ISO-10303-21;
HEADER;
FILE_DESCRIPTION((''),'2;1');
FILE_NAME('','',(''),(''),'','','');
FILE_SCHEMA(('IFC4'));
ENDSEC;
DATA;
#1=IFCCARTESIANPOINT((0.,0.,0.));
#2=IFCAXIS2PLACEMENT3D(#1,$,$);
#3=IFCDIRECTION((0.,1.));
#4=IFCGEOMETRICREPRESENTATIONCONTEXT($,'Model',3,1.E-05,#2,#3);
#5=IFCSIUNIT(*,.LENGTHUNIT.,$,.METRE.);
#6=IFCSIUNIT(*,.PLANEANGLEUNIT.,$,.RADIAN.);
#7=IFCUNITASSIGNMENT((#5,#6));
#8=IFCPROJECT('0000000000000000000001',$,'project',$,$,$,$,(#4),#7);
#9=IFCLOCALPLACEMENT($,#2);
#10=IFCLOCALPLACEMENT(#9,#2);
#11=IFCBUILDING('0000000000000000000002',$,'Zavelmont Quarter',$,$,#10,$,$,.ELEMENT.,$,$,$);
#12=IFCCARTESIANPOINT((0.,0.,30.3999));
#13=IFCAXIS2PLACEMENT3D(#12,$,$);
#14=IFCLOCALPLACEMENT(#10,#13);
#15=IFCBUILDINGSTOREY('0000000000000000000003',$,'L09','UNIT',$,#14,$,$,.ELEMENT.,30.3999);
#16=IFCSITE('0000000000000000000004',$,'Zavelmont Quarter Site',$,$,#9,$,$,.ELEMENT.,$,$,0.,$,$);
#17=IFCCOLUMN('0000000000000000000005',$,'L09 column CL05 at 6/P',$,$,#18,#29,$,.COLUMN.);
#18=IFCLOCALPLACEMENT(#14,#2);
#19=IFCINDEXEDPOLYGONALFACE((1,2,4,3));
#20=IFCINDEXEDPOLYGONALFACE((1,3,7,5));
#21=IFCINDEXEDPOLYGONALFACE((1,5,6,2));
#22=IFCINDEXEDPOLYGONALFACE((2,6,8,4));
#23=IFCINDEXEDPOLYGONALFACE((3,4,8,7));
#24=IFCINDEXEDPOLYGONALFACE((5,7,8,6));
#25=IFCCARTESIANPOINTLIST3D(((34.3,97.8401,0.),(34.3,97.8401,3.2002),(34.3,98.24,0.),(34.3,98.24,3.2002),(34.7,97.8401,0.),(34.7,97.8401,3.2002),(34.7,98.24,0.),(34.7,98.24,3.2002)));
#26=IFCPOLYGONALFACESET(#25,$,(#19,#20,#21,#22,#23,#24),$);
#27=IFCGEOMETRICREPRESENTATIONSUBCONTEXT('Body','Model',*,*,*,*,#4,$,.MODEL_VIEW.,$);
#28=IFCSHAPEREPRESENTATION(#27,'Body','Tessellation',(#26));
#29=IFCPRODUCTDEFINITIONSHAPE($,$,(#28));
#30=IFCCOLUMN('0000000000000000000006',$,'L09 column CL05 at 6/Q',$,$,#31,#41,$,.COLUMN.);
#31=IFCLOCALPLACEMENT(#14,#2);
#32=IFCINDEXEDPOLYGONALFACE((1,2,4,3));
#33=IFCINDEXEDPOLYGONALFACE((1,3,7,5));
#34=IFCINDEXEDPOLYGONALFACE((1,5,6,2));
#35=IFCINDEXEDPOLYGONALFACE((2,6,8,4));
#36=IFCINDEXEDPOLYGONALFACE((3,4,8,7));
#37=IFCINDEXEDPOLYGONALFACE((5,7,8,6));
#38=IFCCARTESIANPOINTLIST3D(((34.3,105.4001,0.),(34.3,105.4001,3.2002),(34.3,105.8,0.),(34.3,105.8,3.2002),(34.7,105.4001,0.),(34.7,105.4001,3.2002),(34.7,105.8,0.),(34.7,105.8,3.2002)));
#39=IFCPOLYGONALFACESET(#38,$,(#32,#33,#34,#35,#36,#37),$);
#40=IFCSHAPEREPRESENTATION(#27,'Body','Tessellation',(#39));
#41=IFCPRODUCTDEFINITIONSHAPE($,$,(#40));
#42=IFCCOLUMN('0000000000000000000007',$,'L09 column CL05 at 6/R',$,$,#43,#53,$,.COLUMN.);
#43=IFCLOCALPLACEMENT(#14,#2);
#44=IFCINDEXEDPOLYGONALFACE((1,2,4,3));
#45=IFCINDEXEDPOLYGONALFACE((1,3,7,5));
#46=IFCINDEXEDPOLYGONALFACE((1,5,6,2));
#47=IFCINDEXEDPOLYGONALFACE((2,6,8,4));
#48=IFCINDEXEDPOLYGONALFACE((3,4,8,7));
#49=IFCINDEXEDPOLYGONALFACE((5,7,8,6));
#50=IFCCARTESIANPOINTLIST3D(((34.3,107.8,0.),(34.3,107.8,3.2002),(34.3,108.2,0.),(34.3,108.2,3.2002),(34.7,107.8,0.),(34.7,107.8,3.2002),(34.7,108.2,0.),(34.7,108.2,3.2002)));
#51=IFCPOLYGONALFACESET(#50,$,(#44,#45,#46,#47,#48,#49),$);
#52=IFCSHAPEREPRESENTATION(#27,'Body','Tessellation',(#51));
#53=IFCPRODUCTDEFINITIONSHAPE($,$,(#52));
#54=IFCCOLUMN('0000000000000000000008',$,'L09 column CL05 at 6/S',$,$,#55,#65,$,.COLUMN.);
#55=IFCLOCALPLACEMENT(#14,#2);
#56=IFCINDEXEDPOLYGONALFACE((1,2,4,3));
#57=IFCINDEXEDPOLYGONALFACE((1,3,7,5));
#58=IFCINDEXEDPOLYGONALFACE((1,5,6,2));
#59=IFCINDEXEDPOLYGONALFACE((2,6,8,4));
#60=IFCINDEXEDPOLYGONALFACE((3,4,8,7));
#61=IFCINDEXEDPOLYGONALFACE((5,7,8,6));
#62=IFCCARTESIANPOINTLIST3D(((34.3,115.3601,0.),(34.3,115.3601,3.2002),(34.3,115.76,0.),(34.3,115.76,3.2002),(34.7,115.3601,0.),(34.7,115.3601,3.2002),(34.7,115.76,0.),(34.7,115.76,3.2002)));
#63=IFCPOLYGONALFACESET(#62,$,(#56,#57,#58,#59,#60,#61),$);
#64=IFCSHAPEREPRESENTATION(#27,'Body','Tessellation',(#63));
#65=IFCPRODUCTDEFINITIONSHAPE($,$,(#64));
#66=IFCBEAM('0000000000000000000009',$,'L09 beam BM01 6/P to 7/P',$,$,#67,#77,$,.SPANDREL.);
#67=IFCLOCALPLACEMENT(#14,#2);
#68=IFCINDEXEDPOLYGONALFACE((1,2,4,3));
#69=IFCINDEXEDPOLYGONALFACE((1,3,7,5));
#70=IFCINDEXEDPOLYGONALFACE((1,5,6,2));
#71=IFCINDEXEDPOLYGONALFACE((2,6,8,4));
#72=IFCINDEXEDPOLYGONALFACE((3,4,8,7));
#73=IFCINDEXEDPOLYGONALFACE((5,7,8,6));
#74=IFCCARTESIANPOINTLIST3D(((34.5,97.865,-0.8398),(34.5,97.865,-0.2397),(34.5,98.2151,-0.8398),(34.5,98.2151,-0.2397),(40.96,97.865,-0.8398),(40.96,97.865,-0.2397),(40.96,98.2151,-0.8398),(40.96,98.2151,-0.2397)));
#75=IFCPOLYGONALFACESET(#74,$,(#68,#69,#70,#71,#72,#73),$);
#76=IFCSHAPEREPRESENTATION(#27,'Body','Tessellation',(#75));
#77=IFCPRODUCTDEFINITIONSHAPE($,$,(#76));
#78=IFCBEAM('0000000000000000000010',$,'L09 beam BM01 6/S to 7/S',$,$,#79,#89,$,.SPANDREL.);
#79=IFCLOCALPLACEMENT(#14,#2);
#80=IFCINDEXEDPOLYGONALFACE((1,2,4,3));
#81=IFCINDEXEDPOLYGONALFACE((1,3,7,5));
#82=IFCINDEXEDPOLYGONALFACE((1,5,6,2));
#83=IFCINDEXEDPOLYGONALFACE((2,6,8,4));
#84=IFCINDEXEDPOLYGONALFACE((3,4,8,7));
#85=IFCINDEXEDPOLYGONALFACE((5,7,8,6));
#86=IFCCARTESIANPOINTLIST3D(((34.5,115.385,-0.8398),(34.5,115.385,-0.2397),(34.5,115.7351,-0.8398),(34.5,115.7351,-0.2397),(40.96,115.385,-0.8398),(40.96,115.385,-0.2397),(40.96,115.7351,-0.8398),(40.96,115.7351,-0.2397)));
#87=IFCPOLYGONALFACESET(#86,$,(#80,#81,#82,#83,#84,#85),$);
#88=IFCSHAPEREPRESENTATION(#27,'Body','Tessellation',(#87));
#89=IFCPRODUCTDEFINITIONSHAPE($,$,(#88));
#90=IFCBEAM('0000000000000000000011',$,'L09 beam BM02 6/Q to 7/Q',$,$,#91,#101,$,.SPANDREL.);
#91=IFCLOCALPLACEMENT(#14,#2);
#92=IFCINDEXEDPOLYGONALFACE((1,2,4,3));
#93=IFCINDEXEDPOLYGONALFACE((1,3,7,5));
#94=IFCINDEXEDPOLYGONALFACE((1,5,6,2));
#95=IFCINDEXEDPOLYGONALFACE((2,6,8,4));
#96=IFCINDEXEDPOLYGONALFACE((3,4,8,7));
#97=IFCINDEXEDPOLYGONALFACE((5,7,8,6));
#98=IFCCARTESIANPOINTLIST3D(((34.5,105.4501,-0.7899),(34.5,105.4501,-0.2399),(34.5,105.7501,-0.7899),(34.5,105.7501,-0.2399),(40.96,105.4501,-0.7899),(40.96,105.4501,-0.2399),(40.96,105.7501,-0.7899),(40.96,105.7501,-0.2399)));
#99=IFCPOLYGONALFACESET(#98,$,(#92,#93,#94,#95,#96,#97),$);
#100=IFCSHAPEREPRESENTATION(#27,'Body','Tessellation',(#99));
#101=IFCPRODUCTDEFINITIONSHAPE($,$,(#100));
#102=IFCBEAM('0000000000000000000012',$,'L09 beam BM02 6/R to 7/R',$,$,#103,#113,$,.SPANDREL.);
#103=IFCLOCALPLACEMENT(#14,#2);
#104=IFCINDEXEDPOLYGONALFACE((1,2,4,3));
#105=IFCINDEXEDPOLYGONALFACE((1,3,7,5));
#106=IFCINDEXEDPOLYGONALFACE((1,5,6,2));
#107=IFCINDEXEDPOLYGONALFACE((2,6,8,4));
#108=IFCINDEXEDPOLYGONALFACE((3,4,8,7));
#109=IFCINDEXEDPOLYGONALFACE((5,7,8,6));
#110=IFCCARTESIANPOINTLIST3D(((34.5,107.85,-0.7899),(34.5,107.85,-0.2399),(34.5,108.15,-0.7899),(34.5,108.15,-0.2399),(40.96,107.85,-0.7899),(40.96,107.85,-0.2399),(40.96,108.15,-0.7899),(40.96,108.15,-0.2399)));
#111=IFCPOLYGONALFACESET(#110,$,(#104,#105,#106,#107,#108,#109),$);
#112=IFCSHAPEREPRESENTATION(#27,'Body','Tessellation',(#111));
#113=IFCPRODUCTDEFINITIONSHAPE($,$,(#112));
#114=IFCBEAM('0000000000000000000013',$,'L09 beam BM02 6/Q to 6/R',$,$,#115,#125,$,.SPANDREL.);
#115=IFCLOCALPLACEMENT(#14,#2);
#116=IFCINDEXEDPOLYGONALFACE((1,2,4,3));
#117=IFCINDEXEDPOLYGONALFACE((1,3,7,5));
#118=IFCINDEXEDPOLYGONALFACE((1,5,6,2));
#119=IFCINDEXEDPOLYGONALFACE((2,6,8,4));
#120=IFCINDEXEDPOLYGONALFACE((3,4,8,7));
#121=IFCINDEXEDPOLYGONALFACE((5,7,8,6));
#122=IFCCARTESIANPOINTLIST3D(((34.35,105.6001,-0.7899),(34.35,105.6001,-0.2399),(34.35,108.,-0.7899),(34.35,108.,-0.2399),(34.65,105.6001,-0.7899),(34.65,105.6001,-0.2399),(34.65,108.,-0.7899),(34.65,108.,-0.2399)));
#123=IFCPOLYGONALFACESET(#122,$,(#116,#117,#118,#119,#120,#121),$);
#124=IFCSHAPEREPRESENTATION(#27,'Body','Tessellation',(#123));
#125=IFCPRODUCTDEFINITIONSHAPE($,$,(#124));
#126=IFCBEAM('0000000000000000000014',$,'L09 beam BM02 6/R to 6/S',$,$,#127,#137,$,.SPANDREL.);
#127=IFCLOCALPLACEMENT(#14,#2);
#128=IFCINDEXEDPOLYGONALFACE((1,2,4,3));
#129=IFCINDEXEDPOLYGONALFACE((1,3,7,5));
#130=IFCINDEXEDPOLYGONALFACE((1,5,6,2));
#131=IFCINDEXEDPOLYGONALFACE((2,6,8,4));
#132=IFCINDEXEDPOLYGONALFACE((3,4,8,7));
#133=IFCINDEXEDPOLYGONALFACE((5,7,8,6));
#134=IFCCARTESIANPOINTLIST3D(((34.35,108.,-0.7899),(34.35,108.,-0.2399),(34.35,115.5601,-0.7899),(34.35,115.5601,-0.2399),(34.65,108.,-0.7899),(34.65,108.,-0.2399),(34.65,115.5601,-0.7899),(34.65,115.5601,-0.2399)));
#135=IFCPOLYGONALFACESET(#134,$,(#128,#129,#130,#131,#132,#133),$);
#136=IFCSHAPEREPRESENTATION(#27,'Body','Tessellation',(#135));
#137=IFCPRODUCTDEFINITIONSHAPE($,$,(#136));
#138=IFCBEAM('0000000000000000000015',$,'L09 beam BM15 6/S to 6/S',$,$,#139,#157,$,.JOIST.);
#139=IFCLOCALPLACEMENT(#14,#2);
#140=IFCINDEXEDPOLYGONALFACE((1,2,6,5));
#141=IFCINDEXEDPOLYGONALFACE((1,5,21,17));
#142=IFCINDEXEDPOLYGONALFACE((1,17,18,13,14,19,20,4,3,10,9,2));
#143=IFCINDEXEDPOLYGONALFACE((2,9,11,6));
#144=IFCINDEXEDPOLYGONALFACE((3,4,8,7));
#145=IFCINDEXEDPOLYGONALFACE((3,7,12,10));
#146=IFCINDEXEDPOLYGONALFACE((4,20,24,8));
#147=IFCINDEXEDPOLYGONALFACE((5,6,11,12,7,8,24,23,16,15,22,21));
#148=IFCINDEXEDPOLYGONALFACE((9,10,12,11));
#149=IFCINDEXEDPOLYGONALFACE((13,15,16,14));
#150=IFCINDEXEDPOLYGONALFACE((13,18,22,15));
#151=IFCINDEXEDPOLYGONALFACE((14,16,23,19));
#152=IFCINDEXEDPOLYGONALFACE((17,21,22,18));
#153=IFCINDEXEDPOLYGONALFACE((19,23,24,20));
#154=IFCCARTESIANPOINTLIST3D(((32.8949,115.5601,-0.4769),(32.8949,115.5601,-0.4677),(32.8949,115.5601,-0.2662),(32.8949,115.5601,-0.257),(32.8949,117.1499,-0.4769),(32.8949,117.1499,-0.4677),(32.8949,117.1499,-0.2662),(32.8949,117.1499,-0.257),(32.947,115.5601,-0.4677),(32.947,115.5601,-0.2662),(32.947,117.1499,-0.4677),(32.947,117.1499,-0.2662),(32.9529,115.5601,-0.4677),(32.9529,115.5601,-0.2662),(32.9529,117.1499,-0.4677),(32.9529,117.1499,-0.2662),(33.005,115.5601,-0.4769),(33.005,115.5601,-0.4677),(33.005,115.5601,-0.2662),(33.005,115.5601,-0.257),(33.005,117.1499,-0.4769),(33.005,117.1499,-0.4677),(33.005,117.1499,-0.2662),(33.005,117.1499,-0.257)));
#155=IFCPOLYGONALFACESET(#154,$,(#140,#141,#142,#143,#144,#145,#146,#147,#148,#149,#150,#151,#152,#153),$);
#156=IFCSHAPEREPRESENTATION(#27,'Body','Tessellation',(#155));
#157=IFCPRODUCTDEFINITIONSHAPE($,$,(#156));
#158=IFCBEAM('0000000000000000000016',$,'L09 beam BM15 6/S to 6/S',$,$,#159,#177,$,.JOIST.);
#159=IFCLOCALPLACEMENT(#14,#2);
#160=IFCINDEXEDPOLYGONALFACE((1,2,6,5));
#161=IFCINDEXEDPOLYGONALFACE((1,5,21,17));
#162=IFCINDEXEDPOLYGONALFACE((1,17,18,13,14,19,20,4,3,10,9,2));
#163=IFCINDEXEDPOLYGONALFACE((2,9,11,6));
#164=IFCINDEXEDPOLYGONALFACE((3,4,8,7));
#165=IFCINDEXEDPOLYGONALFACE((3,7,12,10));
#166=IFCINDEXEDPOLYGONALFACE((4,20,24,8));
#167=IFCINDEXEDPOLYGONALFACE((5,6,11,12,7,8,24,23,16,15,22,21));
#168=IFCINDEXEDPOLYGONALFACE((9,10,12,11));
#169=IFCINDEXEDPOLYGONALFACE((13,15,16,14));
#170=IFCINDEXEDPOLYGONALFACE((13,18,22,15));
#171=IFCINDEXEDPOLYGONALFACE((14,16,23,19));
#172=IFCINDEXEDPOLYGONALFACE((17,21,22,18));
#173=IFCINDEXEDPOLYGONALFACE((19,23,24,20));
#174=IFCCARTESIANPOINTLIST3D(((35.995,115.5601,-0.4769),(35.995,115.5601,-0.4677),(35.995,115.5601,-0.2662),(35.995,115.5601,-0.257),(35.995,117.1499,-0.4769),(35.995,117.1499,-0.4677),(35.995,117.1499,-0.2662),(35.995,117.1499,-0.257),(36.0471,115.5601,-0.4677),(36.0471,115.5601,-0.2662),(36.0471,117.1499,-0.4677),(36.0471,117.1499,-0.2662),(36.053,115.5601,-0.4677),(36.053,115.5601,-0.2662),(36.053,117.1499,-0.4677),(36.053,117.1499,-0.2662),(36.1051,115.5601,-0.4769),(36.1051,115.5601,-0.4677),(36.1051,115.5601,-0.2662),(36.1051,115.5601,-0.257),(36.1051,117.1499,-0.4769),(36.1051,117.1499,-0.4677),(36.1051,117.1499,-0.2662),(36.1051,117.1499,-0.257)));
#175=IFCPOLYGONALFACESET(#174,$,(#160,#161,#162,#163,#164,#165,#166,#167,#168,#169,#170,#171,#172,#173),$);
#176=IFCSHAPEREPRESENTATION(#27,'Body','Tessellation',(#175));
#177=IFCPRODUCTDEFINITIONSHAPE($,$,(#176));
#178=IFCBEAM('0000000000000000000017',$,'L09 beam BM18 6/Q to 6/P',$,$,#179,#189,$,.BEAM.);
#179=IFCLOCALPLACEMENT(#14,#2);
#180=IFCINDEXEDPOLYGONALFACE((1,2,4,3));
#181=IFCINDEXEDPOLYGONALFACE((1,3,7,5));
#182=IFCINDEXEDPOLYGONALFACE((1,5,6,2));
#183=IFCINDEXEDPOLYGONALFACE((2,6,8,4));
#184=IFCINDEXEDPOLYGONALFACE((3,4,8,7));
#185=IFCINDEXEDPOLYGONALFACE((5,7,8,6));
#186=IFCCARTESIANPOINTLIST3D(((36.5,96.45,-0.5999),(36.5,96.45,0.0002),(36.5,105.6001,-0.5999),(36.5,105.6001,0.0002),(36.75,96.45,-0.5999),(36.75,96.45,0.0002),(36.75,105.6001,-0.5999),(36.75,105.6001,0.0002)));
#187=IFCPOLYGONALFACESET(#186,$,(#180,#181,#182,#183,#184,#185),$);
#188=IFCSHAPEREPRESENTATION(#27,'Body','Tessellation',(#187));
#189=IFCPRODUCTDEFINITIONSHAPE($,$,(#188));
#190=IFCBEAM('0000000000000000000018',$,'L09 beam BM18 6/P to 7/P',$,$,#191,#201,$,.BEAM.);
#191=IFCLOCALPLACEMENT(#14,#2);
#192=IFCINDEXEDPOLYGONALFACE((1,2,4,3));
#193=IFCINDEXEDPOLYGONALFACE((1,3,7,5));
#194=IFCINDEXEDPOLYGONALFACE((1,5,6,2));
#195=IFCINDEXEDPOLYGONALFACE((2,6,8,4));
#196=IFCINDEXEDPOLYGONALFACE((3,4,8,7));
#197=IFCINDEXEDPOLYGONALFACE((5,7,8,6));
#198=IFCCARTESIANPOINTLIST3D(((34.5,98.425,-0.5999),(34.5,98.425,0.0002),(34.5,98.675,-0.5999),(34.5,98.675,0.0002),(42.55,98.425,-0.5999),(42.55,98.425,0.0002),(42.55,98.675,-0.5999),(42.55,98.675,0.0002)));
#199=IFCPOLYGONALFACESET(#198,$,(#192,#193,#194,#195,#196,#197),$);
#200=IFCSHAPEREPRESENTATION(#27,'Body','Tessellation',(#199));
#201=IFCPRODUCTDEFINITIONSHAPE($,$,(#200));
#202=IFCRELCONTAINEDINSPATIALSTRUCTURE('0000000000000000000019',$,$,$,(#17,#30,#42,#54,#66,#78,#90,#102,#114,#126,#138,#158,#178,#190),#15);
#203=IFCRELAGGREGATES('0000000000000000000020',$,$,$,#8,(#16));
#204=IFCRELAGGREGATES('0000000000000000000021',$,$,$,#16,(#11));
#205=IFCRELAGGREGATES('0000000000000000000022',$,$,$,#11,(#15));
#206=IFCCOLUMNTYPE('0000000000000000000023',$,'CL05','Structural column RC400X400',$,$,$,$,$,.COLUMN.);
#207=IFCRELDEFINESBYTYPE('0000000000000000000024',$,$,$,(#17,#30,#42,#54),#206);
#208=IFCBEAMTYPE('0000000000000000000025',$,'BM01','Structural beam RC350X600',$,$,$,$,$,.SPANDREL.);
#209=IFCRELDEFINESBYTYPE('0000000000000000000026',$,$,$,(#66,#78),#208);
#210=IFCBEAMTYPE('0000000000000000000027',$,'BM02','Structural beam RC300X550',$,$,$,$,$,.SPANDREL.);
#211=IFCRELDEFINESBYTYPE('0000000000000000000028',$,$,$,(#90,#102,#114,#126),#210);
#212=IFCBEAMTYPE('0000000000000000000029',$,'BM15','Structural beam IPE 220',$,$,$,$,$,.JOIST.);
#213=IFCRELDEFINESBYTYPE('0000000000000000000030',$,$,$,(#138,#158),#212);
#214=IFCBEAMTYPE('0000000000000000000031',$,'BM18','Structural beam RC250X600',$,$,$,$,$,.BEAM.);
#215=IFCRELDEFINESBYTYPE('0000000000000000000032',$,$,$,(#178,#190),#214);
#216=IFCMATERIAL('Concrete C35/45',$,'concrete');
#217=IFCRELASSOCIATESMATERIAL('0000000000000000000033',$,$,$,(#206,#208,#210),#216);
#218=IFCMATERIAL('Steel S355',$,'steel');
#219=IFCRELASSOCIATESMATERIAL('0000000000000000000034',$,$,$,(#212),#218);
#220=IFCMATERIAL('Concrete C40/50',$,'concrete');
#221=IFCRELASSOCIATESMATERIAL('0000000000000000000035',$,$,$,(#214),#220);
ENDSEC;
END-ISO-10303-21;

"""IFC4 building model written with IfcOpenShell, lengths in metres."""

from ifc_helpers import new_model, si_unit, direction, frame, origin, origin_2d, place, context, subcontext, project, spatial, rectangle, i_section, extrude, material, material_profile, profile_set, type_object, element, save


model = new_model("IFC4")

# Units and contexts
model_context = context("Model", 3, precision=1e-05, world=origin(), true_north=direction((0.0, 1.0)))
body_context = subcontext(model_context, "Body", "Model", "MODEL_VIEW")
ifc_project = project(units=[si_unit("LENGTHUNIT", "METRE"), si_unit("PLANEANGLEUNIT", "RADIAN")], contexts=[model_context])

# Site, building, storey
site_placement = place(None, origin())
site = spatial("IfcSite", under=ifc_project, at=site_placement, Name="Zavelmont Quarter Site", CompositionType="ELEMENT", RefElevation=0.0)
building_placement = place(site_placement, origin())
building = spatial("IfcBuilding", under=site, at=building_placement, Name="Zavelmont Quarter", CompositionType="ELEMENT")
storey_placement = place(building_placement, frame((0.0, 0.0, 30.3999)))
storey = spatial("IfcBuildingStorey", under=building, at=storey_placement, Name="L09", Description="UNIT", CompositionType="ELEMENT", Elevation=30.3999)

# Columns
ifc_material_1 = material(Name="Concrete C35/45", Category="concrete")
ifc_material_profile_1 = material_profile(ifc_material_1, rectangle(XDim=0.3999, YDim=0.3999, at=origin_2d()), Name="RC400X400")
ifc_profile_set_1 = profile_set([ifc_material_profile_1], Name="Concrete C35/45")
column_type = type_object("IfcColumnType", Name="CL05", Description="Structural column RC400X400", PredefinedType="COLUMN", material=ifc_profile_set_1)
for number, where, z_axis, x_axis, name in (
    (1, (34.5, 98.04, 0.0), (0.0, 0.0, 1.0), (1.0, 0.0, 0.0), "L09 column CL05 at 6/P"),
    (2, (34.5, 105.6001, 0.0), (0.0, 0.0, 1.0), (1.0, 0.0, 0.0), "L09 column CL05 at 6/Q"),
    (3, (34.5, 108.0, 0.0), (0.0, 0.0, 1.0), (1.0, 0.0, 0.0), "L09 column CL05 at 6/R"),
    (4, (34.5, 115.5601, 0.0), (0.0, 0.0, 1.0), (1.0, 0.0, 0.0), "L09 column CL05 at 6/S"),
):
    element("IfcColumn", number, at=place(storey_placement, frame(where, z_axis=z_axis, x_axis=x_axis)), inside=storey, type_object=column_type, Name=name, PredefinedType="COLUMN", context=body_context, shape_type="SweptSolid", body=[
        extrude(rectangle(XDim=0.3999, YDim=0.3999, at=origin_2d()), origin(), (0.0, 0.0, 1.0), 3.2002),
    ])

# Beams
ifc_material_profile_2 = material_profile(ifc_material_1, rectangle(XDim=0.3501, YDim=0.6001, at=origin_2d()), Name="RC350X600")
ifc_profile_set_2 = profile_set([ifc_material_profile_2], Name="Concrete C35/45")
beam_type_1 = type_object("IfcBeamType", Name="BM01", Description="Structural beam RC350X600", PredefinedType="SPANDREL", material=ifc_profile_set_2)
for number, where, z_axis, x_axis, name in (
    (5, (34.5, 98.04, -0.5398), (1.0, 0.0, 0.0), (0.0, 1.0, 0.0), "L09 beam BM01 6/P to 7/P"),
    (6, (34.5, 115.5601, -0.5398), (1.0, 0.0, 0.0), (0.0, 1.0, 0.0), "L09 beam BM01 6/S to 7/S"),
):
    element("IfcBeam", number, at=place(storey_placement, frame(where, z_axis=z_axis, x_axis=x_axis)), inside=storey, type_object=beam_type_1, Name=name, PredefinedType="SPANDREL", context=body_context, shape_type="SweptSolid", body=[
        extrude(rectangle(XDim=0.3501, YDim=0.6001, at=origin_2d()), origin(), (0.0, 0.0, 1.0), 6.46),
    ])
ifc_material_profile_3 = material_profile(ifc_material_1, rectangle(XDim=0.3, YDim=0.55, at=origin_2d()), Name="RC300X550")
ifc_profile_set_3 = profile_set([ifc_material_profile_3], Name="Concrete C35/45")
beam_type_2 = type_object("IfcBeamType", Name="BM02", Description="Structural beam RC300X550", PredefinedType="SPANDREL", material=ifc_profile_set_3)
for number, where, z_axis, x_axis, name in (
    (7, (34.5, 105.6001, -0.5149), (1.0, 0.0, 0.0), (0.0, 1.0, 0.0), "L09 beam BM02 6/Q to 7/Q"),
    (8, (34.5, 108.0, -0.5149), (1.0, 0.0, 0.0), (0.0, 1.0, 0.0), "L09 beam BM02 6/R to 7/R"),
):
    element("IfcBeam", number, at=place(storey_placement, frame(where, z_axis=z_axis, x_axis=x_axis)), inside=storey, type_object=beam_type_2, Name=name, PredefinedType="SPANDREL", context=body_context, shape_type="SweptSolid", body=[
        extrude(rectangle(XDim=0.3, YDim=0.55, at=origin_2d()), origin(), (0.0, 0.0, 1.0), 6.46),
    ])
beam_1_placement = place(storey_placement, frame((34.5, 105.6001, -0.5149), z_axis=(0.0, 1.0, 0.0), x_axis=(-1.0, 0.0, 0.0)))
element("IfcBeam", 9, at=beam_1_placement, inside=storey, type_object=beam_type_2, Name="L09 beam BM02 6/Q to 6/R", PredefinedType="SPANDREL", context=body_context, shape_type="SweptSolid", body=[
    extrude(rectangle(XDim=0.3, YDim=0.55, at=origin_2d()), origin(), (0.0, 0.0, 1.0), 2.3999),
])
beam_2_placement = place(storey_placement, frame((34.5, 108.0, -0.5149), z_axis=(0.0, 1.0, 0.0), x_axis=(-1.0, 0.0, 0.0)))
element("IfcBeam", 10, at=beam_2_placement, inside=storey, type_object=beam_type_2, Name="L09 beam BM02 6/R to 6/S", PredefinedType="SPANDREL", context=body_context, shape_type="SweptSolid", body=[
    extrude(rectangle(XDim=0.3, YDim=0.55, at=origin_2d()), origin(), (0.0, 0.0, 1.0), 7.5601),
])
ifc_material_2 = material(Name="Steel S355", Category="steel")
ifc_material_profile_4 = material_profile(ifc_material_2, i_section(OverallWidth=0.1101, OverallDepth=0.22, WebThickness=0.0059, FlangeThickness=0.0093, at=origin_2d()), Name="IPE 220")
ifc_profile_set_4 = profile_set([ifc_material_profile_4], Name="Steel S355")
beam_type_3 = type_object("IfcBeamType", Name="BM15", Description="Structural beam IPE 220", PredefinedType="JOIST", material=ifc_profile_set_4)
for number, where, z_axis, x_axis, name in (
    (11, (32.95, 115.5601, -0.3669), (0.0, 1.0, 0.0), (-1.0, 0.0, 0.0), "L09 beam BM15 6/S to 6/S"),
    (12, (36.05, 115.5601, -0.3669), (0.0, 1.0, 0.0), (-1.0, 0.0, 0.0), "L09 beam BM15 6/S to 6/S"),
):
    element("IfcBeam", number, at=place(storey_placement, frame(where, z_axis=z_axis, x_axis=x_axis)), inside=storey, type_object=beam_type_3, Name=name, PredefinedType="JOIST", context=body_context, shape_type="SweptSolid", body=[
        extrude(i_section(OverallWidth=0.1101, OverallDepth=0.22, WebThickness=0.0059, FlangeThickness=0.0093, at=origin_2d()), origin(), (0.0, 0.0, 1.0), 1.5898),
    ])
ifc_material_3 = material(Name="Concrete C40/50", Category="concrete")
ifc_material_profile_5 = material_profile(ifc_material_3, rectangle(XDim=0.25, YDim=0.6001, at=origin_2d()), Name="RC250X600")
ifc_profile_set_5 = profile_set([ifc_material_profile_5], Name="Concrete C40/50")
beam_type_4 = type_object("IfcBeamType", Name="BM18", Description="Structural beam RC250X600", PredefinedType="BEAM", material=ifc_profile_set_5)
beam_3_placement = place(storey_placement, frame((36.625, 105.6001, -0.2998), z_axis=(0.0, -1.0, 0.0), x_axis=(1.0, 0.0, 0.0)))
element("IfcBeam", 13, at=beam_3_placement, inside=storey, type_object=beam_type_4, Name="L09 beam BM18 6/Q to 6/P", PredefinedType="BEAM", context=body_context, shape_type="SweptSolid", body=[
    extrude(rectangle(XDim=0.25, YDim=0.6001, at=origin_2d()), origin(), (0.0, 0.0, 1.0), 9.1501),
])
for number, where, z_axis, x_axis, name in (
    (14, (34.5, 98.55, -0.2998), (1.0, 0.0, 0.0), (0.0, 1.0, 0.0), "L09 beam BM18 6/P to 7/P"),
):
    element("IfcBeam", number, at=place(storey_placement, frame(where, z_axis=z_axis, x_axis=x_axis)), inside=storey, type_object=beam_type_4, Name=name, PredefinedType="BEAM", context=body_context, shape_type="SweptSolid", body=[
        extrude(rectangle(XDim=0.25, YDim=0.6001, at=origin_2d()), origin(), (0.0, 0.0, 1.0), 8.05),
    ])

save(model, "model.ifc")
